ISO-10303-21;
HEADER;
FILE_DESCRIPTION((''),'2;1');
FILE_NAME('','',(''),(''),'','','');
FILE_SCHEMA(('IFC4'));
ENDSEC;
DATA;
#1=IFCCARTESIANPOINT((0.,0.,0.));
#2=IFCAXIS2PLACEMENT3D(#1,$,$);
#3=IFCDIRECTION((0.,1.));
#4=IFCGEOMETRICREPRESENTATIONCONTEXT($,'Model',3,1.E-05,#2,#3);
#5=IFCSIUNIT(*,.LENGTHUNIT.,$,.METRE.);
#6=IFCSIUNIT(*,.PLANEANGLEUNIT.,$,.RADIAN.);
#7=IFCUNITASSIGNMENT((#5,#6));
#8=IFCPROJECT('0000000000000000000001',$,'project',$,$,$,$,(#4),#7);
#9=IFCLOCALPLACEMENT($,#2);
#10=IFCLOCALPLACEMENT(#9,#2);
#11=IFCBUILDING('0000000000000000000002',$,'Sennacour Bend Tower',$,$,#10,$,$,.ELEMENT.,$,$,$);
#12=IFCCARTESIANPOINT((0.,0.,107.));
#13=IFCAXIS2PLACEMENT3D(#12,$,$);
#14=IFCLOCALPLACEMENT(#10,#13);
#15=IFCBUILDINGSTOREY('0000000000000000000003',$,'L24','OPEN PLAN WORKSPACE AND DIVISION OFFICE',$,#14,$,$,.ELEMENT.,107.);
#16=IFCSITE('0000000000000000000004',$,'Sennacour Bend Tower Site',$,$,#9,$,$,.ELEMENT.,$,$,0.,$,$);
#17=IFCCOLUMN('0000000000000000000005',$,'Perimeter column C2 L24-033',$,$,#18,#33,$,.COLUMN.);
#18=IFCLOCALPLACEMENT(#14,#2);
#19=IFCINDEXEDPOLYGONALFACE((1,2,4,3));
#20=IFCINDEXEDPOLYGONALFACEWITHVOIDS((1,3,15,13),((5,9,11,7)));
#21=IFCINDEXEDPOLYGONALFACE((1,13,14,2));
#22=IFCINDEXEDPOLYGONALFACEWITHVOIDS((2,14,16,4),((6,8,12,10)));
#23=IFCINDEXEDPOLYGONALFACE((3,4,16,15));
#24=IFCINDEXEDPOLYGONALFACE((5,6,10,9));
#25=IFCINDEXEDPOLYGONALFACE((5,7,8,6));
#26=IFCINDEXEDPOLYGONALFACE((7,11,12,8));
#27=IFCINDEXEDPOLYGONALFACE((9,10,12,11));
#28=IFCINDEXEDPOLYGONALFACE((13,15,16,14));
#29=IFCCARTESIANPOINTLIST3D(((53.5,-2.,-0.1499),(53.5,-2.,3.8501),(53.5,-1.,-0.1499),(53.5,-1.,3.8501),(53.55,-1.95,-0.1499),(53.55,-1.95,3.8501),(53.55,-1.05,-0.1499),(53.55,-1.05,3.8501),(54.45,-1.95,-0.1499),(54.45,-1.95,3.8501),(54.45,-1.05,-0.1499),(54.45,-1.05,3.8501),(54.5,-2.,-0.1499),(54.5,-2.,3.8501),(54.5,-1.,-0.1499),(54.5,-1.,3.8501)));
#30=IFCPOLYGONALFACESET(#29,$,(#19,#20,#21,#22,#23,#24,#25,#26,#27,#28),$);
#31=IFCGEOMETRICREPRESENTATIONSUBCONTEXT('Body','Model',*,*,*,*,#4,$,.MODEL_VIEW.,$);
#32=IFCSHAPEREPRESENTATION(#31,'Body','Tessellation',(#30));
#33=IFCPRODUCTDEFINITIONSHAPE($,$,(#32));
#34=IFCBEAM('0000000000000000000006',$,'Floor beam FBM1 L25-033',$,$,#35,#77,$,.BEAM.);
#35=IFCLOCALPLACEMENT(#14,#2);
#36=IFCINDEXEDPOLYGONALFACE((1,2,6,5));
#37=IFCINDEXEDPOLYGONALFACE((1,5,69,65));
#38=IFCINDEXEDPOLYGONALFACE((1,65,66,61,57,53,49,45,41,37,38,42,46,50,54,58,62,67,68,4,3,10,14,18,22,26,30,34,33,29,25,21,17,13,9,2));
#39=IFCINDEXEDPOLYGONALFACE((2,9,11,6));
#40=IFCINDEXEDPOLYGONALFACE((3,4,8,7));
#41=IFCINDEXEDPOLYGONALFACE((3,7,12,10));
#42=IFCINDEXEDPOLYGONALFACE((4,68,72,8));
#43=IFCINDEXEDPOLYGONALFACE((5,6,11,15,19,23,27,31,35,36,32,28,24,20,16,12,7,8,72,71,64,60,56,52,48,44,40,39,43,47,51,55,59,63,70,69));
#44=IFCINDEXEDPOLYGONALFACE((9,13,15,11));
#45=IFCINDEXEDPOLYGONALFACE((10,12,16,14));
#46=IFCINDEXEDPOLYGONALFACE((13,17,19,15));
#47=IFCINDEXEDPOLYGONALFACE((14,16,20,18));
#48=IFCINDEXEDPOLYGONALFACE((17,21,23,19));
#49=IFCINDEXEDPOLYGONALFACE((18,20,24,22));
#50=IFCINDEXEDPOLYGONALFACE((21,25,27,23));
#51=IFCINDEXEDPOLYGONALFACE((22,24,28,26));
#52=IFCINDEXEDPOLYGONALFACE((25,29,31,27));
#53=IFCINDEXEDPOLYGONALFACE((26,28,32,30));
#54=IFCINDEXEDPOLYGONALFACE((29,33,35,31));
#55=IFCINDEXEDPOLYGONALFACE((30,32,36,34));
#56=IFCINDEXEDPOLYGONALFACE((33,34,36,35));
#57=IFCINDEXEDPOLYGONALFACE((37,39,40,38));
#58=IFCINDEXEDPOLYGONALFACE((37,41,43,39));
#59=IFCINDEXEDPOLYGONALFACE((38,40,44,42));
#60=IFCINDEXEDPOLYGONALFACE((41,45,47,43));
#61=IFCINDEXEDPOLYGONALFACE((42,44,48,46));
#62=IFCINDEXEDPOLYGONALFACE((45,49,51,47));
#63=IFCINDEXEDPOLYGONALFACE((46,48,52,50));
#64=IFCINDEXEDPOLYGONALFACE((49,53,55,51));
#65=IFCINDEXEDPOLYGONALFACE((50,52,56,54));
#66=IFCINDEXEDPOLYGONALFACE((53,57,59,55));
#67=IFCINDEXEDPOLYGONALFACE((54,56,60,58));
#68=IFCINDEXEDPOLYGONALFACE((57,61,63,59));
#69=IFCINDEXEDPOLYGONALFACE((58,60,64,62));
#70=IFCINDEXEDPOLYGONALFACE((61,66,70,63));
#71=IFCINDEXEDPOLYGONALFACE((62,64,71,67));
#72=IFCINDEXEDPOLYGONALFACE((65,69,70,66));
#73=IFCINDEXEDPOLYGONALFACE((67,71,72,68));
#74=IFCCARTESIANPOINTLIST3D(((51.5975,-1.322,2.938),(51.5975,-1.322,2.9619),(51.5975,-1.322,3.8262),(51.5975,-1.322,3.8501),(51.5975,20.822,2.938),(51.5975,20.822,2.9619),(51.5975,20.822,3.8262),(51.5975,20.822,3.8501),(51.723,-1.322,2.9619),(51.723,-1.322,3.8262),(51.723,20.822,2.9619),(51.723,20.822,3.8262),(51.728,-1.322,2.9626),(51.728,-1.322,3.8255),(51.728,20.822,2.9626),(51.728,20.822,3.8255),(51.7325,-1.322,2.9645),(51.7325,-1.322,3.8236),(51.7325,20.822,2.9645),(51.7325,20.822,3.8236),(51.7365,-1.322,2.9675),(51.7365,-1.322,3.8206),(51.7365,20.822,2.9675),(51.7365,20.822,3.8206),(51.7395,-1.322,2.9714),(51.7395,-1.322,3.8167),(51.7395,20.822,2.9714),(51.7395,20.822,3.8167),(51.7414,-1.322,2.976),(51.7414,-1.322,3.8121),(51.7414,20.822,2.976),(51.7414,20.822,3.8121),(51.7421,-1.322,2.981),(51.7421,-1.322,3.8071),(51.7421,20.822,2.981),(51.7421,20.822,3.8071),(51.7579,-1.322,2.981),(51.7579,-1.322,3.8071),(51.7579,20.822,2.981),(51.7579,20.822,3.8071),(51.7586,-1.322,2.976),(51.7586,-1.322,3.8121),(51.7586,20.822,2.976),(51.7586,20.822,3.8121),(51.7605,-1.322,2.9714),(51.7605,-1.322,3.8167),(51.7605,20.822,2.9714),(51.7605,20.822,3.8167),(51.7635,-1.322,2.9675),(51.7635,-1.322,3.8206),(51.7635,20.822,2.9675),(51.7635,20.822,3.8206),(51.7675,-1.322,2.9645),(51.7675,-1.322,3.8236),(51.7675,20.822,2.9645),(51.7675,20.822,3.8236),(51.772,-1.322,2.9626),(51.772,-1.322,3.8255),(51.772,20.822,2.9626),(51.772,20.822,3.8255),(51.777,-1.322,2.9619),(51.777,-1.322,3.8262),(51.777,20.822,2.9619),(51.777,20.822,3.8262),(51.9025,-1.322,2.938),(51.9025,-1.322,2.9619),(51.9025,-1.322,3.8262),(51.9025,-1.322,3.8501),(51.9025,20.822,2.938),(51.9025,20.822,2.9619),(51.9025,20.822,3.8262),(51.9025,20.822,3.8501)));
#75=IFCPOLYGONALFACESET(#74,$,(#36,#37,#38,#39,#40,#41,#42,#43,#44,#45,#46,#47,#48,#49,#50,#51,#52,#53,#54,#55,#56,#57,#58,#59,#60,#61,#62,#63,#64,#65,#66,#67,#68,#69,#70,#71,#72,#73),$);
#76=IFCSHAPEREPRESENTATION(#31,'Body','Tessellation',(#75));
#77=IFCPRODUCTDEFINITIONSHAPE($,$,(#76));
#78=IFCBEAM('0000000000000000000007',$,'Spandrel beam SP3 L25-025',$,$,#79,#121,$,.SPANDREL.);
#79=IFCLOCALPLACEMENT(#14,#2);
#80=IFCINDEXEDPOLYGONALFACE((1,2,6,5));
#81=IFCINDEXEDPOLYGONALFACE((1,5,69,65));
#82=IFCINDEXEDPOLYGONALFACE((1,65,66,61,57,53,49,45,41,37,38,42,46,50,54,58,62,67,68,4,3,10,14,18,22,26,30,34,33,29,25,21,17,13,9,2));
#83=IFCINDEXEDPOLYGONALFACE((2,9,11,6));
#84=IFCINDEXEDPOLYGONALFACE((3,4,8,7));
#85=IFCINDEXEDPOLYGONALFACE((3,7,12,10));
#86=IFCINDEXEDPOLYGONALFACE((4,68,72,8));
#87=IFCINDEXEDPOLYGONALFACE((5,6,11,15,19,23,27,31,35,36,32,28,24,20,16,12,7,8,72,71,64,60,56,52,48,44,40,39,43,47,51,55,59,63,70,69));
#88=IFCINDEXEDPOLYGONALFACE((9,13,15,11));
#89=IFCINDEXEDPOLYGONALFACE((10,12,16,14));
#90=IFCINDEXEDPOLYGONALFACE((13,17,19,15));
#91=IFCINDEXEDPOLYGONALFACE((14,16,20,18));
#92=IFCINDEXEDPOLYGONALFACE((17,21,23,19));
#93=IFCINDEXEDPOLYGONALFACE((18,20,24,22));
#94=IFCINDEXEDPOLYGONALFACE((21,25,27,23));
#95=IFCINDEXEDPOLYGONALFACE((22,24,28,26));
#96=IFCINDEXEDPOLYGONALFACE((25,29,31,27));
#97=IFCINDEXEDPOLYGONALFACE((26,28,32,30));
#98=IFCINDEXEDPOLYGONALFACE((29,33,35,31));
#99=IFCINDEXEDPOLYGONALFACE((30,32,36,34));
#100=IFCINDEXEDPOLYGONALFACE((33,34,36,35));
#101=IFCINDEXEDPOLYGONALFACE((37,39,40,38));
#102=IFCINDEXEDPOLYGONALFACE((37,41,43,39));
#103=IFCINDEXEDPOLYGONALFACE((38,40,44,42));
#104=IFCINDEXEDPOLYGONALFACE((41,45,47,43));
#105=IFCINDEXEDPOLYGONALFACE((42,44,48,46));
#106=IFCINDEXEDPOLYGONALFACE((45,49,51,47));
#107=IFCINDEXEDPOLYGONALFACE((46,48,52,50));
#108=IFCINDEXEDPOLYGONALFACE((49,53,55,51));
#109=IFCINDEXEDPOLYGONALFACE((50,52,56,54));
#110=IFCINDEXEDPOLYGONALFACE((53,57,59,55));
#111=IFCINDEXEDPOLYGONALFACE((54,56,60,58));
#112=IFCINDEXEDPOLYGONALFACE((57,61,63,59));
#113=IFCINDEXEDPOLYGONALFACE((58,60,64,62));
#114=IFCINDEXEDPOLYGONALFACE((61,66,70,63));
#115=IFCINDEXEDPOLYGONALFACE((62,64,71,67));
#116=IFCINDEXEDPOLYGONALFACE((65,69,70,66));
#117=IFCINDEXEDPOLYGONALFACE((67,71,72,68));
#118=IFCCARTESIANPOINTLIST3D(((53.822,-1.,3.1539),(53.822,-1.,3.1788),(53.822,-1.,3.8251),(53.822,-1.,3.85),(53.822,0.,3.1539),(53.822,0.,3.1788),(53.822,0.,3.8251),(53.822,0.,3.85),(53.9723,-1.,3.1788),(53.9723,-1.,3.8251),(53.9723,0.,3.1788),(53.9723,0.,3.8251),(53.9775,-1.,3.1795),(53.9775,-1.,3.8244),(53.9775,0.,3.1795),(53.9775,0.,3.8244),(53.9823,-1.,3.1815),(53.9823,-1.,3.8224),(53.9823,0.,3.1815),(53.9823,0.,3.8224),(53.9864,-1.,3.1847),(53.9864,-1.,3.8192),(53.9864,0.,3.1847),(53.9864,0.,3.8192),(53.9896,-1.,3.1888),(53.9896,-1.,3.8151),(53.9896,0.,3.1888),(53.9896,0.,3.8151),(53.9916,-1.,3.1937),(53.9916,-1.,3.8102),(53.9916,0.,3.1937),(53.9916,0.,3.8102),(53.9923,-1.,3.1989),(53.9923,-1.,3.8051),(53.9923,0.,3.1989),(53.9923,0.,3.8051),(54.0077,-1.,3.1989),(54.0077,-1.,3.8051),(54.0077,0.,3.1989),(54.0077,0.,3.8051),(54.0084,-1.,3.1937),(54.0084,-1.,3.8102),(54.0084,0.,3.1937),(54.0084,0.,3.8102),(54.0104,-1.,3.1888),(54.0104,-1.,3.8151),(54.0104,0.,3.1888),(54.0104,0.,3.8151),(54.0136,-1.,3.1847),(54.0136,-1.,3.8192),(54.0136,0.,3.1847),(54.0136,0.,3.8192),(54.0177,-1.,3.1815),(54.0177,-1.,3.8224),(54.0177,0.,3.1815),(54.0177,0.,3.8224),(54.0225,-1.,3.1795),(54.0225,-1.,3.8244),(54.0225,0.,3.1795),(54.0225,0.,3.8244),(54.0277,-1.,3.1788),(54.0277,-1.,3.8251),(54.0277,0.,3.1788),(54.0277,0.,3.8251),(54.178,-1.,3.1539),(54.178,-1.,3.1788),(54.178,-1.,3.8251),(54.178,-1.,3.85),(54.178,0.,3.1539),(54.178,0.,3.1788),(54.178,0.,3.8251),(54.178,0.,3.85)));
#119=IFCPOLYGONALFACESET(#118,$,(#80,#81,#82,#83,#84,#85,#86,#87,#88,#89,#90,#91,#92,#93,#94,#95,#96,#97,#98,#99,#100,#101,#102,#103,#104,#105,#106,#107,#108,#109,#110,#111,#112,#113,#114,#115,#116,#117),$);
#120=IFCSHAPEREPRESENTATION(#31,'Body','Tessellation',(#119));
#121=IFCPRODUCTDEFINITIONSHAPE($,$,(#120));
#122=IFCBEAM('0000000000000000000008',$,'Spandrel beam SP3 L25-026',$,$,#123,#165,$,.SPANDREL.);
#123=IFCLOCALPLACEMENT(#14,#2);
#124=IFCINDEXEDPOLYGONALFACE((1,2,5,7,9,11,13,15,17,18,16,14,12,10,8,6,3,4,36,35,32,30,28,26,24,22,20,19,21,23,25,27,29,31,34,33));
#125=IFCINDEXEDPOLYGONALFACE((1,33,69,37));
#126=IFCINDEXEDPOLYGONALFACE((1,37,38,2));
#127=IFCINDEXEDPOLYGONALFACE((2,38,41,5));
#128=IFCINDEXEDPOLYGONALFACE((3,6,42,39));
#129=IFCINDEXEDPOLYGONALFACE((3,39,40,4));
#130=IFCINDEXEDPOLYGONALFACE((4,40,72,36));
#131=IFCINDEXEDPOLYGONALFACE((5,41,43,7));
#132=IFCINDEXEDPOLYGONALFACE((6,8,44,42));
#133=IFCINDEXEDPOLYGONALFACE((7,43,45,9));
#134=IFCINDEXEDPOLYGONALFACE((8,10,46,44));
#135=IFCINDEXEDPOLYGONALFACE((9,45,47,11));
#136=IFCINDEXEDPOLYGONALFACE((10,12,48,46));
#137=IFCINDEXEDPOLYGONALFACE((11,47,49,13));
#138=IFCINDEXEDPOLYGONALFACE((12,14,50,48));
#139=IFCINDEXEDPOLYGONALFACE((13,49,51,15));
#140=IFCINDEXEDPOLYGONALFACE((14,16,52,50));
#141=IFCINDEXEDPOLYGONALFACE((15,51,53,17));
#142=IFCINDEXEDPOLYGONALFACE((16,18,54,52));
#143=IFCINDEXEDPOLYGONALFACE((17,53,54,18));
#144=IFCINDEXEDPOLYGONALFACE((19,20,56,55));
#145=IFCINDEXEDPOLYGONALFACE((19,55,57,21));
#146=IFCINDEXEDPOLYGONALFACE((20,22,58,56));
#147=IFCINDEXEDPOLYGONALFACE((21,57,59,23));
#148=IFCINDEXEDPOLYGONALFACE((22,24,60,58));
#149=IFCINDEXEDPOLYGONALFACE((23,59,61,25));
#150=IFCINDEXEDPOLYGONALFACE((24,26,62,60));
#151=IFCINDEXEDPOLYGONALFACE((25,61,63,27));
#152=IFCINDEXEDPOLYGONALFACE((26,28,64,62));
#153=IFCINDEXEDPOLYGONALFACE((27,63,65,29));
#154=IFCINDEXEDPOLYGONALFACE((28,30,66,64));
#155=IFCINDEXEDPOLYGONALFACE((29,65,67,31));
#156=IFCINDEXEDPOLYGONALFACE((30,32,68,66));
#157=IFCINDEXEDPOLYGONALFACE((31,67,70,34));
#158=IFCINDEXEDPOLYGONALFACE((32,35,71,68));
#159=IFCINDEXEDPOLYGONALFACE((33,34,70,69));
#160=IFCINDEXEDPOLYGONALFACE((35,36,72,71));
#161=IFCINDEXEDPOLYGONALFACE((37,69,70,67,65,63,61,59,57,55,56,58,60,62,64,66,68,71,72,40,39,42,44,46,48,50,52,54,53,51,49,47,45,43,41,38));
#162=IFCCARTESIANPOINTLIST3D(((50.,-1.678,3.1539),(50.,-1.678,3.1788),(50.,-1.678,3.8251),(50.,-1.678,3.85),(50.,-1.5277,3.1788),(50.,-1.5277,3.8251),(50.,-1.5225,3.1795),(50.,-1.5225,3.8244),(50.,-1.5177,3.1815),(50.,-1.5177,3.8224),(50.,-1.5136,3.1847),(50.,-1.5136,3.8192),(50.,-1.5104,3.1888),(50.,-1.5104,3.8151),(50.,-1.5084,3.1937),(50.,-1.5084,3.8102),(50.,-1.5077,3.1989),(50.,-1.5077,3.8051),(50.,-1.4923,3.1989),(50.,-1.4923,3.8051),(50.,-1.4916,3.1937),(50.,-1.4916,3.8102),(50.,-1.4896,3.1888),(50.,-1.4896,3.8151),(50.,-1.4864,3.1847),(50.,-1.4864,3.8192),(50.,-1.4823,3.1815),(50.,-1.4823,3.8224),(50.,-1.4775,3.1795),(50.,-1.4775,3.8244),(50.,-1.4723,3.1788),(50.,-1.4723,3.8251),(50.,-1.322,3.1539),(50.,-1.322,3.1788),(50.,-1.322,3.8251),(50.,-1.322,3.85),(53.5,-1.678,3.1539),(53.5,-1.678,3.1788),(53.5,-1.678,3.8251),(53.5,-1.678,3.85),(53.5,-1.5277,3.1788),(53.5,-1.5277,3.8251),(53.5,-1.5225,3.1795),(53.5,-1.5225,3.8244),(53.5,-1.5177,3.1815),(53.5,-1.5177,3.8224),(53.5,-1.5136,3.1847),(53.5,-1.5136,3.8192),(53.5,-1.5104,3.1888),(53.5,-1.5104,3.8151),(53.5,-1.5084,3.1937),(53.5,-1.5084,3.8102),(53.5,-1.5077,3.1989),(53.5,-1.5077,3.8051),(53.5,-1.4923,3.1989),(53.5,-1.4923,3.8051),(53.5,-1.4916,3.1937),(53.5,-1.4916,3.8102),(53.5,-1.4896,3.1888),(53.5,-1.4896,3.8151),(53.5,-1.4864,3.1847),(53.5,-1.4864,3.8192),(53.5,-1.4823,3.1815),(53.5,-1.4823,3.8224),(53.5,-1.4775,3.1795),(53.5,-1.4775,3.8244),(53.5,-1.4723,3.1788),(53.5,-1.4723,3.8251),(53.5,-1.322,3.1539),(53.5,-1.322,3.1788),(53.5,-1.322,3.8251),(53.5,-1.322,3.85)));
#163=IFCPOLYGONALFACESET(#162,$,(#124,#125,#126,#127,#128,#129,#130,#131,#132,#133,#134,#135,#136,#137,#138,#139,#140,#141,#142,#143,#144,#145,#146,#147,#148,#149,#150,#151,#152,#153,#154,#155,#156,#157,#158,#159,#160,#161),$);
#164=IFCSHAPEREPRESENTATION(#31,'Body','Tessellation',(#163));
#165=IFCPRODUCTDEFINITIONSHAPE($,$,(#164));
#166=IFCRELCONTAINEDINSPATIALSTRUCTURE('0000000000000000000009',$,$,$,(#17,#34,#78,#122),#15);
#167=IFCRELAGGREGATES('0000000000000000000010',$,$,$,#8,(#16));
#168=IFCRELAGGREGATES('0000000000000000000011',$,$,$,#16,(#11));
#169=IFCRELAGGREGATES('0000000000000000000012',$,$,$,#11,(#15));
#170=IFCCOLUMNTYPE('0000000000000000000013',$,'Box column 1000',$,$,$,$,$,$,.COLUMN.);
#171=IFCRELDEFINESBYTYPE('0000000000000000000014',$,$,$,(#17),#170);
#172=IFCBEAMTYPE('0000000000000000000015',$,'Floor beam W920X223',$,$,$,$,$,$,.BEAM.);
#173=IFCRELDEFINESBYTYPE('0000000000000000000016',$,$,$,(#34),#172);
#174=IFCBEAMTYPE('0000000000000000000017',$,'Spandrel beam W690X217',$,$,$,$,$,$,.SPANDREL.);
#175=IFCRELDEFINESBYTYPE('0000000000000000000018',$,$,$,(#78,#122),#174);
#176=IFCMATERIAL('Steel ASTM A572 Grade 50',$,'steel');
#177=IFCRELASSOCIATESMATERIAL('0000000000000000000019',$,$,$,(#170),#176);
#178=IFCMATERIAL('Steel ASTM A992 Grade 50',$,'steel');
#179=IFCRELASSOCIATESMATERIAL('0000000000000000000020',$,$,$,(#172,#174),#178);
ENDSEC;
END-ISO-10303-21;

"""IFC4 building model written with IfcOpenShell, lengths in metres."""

from ifc_helpers import new_model, si_unit, direction, frame, origin, origin_2d, place, context, subcontext, project, spatial, hollow_rectangle, i_section, extrude, material, material_profile, profile_set, type_object, element, save


model = new_model("IFC4")

# Units and contexts
model_context = context("Model", 3, precision=1e-05, world=origin(), true_north=direction((0.0, 1.0)))
body_context = subcontext(model_context, "Body", "Model", "MODEL_VIEW")
ifc_project = project(units=[si_unit("LENGTHUNIT", "METRE"), si_unit("PLANEANGLEUNIT", "RADIAN")], contexts=[model_context])

# Site, building, storey
site_placement = place(None, origin())
site = spatial("IfcSite", under=ifc_project, at=site_placement, Name="Sennacour Bend Tower Site", CompositionType="ELEMENT", RefElevation=0.0)
building_placement = place(site_placement, origin())
building = spatial("IfcBuilding", under=site, at=building_placement, Name="Sennacour Bend Tower", CompositionType="ELEMENT")
storey_placement = place(building_placement, frame((0.0, 0.0, 107.0)))
storey = spatial("IfcBuildingStorey", under=building, at=storey_placement, Name="L24", Description="OPEN PLAN WORKSPACE AND DIVISION OFFICE", CompositionType="ELEMENT", Elevation=107.0)

# Column
ifc_material_1 = material(Name="Steel ASTM A572 Grade 50", Category="steel")
ifc_material_profile_1 = material_profile(ifc_material_1, hollow_rectangle(XDim=1.0, YDim=1.0, WallThickness=0.05, at=origin_2d()), Name="Steel ASTM A572 Grade 50", Category="steel")
ifc_profile_set_1 = profile_set([ifc_material_profile_1], Name="Steel ASTM A572 Grade 50")
column_type = type_object("IfcColumnType", Name="Box column 1000", PredefinedType="COLUMN", material=ifc_profile_set_1)
column_placement = place(storey_placement, frame((54.0, -1.5, -0.1499), z_axis=(0.0, 0.0, 1.0), x_axis=(1.0, 0.0, 0.0)))
element("IfcColumn", 1, at=column_placement, inside=storey, type_object=column_type, Name="Perimeter column C2 L24-033", PredefinedType="COLUMN", context=body_context, shape_type="SweptSolid", body=[
    extrude(hollow_rectangle(XDim=1.0, YDim=1.0, WallThickness=0.05, at=origin_2d()), origin(), (0.0, 0.0, 1.0), 4.0),
])

# Beams
ifc_material_2 = material(Name="Steel ASTM A992 Grade 50", Category="steel")
ifc_material_profile_2 = material_profile(ifc_material_2, i_section(OverallWidth=0.3049, OverallDepth=0.9121, WebThickness=0.0159, FlangeThickness=0.0239, FilletRadius=0.019, at=origin_2d()), Name="Steel ASTM A992 Grade 50", Category="steel")
ifc_profile_set_2 = profile_set([ifc_material_profile_2], Name="Steel ASTM A992 Grade 50")
beam_type_1 = type_object("IfcBeamType", Name="Floor beam W920X223", PredefinedType="BEAM", material=ifc_profile_set_2)
beam_1_placement = place(storey_placement, frame((51.75, -1.322, 3.394), z_axis=(0.0, 1.0, 0.0), x_axis=(-1.0, 0.0, 0.0)))
element("IfcBeam", 2, at=beam_1_placement, inside=storey, type_object=beam_type_1, Name="Floor beam FBM1 L25-033", PredefinedType="BEAM", context=body_context, shape_type="SweptSolid", body=[
    extrude(i_section(OverallWidth=0.3049, OverallDepth=0.9121, WebThickness=0.0159, FlangeThickness=0.0239, FilletRadius=0.019, at=origin_2d()), origin(), (0.0, 0.0, 1.0), 22.144),
])
ifc_material_profile_3 = material_profile(ifc_material_2, i_section(OverallWidth=0.356, OverallDepth=0.696, WebThickness=0.0154, FlangeThickness=0.0249, FilletRadius=0.02, at=origin_2d()), Name="Steel ASTM A992 Grade 50", Category="steel")
ifc_profile_set_3 = profile_set([ifc_material_profile_3], Name="Steel ASTM A992 Grade 50")
beam_type_2 = type_object("IfcBeamType", Name="Spandrel beam W690X217", PredefinedType="SPANDREL", material=ifc_profile_set_3)
beam_2_placement = place(storey_placement, frame((54.0, 0.0, 3.502), z_axis=(0.0, -1.0, 0.0), x_axis=(1.0, 0.0, 0.0)))
element("IfcBeam", 3, at=beam_2_placement, inside=storey, type_object=beam_type_2, Name="Spandrel beam SP3 L25-025", PredefinedType="SPANDREL", context=body_context, shape_type="SweptSolid", body=[
    extrude(i_section(OverallWidth=0.356, OverallDepth=0.696, WebThickness=0.0154, FlangeThickness=0.0249, FilletRadius=0.02, at=origin_2d()), origin(), (0.0, 0.0, 1.0), 1.0),
])
beam_3_placement = place(storey_placement, frame((53.5, -1.5, 3.502), z_axis=(-1.0, 0.0, 0.0), x_axis=(0.0, -1.0, 0.0)))
element("IfcBeam", 4, at=beam_3_placement, inside=storey, type_object=beam_type_2, Name="Spandrel beam SP3 L25-026", PredefinedType="SPANDREL", context=body_context, shape_type="SweptSolid", body=[
    extrude(i_section(OverallWidth=0.356, OverallDepth=0.696, WebThickness=0.0154, FlangeThickness=0.0249, FilletRadius=0.02, at=origin_2d()), origin(), (0.0, 0.0, 1.0), 3.5),
])

save(model, "model.ifc")
